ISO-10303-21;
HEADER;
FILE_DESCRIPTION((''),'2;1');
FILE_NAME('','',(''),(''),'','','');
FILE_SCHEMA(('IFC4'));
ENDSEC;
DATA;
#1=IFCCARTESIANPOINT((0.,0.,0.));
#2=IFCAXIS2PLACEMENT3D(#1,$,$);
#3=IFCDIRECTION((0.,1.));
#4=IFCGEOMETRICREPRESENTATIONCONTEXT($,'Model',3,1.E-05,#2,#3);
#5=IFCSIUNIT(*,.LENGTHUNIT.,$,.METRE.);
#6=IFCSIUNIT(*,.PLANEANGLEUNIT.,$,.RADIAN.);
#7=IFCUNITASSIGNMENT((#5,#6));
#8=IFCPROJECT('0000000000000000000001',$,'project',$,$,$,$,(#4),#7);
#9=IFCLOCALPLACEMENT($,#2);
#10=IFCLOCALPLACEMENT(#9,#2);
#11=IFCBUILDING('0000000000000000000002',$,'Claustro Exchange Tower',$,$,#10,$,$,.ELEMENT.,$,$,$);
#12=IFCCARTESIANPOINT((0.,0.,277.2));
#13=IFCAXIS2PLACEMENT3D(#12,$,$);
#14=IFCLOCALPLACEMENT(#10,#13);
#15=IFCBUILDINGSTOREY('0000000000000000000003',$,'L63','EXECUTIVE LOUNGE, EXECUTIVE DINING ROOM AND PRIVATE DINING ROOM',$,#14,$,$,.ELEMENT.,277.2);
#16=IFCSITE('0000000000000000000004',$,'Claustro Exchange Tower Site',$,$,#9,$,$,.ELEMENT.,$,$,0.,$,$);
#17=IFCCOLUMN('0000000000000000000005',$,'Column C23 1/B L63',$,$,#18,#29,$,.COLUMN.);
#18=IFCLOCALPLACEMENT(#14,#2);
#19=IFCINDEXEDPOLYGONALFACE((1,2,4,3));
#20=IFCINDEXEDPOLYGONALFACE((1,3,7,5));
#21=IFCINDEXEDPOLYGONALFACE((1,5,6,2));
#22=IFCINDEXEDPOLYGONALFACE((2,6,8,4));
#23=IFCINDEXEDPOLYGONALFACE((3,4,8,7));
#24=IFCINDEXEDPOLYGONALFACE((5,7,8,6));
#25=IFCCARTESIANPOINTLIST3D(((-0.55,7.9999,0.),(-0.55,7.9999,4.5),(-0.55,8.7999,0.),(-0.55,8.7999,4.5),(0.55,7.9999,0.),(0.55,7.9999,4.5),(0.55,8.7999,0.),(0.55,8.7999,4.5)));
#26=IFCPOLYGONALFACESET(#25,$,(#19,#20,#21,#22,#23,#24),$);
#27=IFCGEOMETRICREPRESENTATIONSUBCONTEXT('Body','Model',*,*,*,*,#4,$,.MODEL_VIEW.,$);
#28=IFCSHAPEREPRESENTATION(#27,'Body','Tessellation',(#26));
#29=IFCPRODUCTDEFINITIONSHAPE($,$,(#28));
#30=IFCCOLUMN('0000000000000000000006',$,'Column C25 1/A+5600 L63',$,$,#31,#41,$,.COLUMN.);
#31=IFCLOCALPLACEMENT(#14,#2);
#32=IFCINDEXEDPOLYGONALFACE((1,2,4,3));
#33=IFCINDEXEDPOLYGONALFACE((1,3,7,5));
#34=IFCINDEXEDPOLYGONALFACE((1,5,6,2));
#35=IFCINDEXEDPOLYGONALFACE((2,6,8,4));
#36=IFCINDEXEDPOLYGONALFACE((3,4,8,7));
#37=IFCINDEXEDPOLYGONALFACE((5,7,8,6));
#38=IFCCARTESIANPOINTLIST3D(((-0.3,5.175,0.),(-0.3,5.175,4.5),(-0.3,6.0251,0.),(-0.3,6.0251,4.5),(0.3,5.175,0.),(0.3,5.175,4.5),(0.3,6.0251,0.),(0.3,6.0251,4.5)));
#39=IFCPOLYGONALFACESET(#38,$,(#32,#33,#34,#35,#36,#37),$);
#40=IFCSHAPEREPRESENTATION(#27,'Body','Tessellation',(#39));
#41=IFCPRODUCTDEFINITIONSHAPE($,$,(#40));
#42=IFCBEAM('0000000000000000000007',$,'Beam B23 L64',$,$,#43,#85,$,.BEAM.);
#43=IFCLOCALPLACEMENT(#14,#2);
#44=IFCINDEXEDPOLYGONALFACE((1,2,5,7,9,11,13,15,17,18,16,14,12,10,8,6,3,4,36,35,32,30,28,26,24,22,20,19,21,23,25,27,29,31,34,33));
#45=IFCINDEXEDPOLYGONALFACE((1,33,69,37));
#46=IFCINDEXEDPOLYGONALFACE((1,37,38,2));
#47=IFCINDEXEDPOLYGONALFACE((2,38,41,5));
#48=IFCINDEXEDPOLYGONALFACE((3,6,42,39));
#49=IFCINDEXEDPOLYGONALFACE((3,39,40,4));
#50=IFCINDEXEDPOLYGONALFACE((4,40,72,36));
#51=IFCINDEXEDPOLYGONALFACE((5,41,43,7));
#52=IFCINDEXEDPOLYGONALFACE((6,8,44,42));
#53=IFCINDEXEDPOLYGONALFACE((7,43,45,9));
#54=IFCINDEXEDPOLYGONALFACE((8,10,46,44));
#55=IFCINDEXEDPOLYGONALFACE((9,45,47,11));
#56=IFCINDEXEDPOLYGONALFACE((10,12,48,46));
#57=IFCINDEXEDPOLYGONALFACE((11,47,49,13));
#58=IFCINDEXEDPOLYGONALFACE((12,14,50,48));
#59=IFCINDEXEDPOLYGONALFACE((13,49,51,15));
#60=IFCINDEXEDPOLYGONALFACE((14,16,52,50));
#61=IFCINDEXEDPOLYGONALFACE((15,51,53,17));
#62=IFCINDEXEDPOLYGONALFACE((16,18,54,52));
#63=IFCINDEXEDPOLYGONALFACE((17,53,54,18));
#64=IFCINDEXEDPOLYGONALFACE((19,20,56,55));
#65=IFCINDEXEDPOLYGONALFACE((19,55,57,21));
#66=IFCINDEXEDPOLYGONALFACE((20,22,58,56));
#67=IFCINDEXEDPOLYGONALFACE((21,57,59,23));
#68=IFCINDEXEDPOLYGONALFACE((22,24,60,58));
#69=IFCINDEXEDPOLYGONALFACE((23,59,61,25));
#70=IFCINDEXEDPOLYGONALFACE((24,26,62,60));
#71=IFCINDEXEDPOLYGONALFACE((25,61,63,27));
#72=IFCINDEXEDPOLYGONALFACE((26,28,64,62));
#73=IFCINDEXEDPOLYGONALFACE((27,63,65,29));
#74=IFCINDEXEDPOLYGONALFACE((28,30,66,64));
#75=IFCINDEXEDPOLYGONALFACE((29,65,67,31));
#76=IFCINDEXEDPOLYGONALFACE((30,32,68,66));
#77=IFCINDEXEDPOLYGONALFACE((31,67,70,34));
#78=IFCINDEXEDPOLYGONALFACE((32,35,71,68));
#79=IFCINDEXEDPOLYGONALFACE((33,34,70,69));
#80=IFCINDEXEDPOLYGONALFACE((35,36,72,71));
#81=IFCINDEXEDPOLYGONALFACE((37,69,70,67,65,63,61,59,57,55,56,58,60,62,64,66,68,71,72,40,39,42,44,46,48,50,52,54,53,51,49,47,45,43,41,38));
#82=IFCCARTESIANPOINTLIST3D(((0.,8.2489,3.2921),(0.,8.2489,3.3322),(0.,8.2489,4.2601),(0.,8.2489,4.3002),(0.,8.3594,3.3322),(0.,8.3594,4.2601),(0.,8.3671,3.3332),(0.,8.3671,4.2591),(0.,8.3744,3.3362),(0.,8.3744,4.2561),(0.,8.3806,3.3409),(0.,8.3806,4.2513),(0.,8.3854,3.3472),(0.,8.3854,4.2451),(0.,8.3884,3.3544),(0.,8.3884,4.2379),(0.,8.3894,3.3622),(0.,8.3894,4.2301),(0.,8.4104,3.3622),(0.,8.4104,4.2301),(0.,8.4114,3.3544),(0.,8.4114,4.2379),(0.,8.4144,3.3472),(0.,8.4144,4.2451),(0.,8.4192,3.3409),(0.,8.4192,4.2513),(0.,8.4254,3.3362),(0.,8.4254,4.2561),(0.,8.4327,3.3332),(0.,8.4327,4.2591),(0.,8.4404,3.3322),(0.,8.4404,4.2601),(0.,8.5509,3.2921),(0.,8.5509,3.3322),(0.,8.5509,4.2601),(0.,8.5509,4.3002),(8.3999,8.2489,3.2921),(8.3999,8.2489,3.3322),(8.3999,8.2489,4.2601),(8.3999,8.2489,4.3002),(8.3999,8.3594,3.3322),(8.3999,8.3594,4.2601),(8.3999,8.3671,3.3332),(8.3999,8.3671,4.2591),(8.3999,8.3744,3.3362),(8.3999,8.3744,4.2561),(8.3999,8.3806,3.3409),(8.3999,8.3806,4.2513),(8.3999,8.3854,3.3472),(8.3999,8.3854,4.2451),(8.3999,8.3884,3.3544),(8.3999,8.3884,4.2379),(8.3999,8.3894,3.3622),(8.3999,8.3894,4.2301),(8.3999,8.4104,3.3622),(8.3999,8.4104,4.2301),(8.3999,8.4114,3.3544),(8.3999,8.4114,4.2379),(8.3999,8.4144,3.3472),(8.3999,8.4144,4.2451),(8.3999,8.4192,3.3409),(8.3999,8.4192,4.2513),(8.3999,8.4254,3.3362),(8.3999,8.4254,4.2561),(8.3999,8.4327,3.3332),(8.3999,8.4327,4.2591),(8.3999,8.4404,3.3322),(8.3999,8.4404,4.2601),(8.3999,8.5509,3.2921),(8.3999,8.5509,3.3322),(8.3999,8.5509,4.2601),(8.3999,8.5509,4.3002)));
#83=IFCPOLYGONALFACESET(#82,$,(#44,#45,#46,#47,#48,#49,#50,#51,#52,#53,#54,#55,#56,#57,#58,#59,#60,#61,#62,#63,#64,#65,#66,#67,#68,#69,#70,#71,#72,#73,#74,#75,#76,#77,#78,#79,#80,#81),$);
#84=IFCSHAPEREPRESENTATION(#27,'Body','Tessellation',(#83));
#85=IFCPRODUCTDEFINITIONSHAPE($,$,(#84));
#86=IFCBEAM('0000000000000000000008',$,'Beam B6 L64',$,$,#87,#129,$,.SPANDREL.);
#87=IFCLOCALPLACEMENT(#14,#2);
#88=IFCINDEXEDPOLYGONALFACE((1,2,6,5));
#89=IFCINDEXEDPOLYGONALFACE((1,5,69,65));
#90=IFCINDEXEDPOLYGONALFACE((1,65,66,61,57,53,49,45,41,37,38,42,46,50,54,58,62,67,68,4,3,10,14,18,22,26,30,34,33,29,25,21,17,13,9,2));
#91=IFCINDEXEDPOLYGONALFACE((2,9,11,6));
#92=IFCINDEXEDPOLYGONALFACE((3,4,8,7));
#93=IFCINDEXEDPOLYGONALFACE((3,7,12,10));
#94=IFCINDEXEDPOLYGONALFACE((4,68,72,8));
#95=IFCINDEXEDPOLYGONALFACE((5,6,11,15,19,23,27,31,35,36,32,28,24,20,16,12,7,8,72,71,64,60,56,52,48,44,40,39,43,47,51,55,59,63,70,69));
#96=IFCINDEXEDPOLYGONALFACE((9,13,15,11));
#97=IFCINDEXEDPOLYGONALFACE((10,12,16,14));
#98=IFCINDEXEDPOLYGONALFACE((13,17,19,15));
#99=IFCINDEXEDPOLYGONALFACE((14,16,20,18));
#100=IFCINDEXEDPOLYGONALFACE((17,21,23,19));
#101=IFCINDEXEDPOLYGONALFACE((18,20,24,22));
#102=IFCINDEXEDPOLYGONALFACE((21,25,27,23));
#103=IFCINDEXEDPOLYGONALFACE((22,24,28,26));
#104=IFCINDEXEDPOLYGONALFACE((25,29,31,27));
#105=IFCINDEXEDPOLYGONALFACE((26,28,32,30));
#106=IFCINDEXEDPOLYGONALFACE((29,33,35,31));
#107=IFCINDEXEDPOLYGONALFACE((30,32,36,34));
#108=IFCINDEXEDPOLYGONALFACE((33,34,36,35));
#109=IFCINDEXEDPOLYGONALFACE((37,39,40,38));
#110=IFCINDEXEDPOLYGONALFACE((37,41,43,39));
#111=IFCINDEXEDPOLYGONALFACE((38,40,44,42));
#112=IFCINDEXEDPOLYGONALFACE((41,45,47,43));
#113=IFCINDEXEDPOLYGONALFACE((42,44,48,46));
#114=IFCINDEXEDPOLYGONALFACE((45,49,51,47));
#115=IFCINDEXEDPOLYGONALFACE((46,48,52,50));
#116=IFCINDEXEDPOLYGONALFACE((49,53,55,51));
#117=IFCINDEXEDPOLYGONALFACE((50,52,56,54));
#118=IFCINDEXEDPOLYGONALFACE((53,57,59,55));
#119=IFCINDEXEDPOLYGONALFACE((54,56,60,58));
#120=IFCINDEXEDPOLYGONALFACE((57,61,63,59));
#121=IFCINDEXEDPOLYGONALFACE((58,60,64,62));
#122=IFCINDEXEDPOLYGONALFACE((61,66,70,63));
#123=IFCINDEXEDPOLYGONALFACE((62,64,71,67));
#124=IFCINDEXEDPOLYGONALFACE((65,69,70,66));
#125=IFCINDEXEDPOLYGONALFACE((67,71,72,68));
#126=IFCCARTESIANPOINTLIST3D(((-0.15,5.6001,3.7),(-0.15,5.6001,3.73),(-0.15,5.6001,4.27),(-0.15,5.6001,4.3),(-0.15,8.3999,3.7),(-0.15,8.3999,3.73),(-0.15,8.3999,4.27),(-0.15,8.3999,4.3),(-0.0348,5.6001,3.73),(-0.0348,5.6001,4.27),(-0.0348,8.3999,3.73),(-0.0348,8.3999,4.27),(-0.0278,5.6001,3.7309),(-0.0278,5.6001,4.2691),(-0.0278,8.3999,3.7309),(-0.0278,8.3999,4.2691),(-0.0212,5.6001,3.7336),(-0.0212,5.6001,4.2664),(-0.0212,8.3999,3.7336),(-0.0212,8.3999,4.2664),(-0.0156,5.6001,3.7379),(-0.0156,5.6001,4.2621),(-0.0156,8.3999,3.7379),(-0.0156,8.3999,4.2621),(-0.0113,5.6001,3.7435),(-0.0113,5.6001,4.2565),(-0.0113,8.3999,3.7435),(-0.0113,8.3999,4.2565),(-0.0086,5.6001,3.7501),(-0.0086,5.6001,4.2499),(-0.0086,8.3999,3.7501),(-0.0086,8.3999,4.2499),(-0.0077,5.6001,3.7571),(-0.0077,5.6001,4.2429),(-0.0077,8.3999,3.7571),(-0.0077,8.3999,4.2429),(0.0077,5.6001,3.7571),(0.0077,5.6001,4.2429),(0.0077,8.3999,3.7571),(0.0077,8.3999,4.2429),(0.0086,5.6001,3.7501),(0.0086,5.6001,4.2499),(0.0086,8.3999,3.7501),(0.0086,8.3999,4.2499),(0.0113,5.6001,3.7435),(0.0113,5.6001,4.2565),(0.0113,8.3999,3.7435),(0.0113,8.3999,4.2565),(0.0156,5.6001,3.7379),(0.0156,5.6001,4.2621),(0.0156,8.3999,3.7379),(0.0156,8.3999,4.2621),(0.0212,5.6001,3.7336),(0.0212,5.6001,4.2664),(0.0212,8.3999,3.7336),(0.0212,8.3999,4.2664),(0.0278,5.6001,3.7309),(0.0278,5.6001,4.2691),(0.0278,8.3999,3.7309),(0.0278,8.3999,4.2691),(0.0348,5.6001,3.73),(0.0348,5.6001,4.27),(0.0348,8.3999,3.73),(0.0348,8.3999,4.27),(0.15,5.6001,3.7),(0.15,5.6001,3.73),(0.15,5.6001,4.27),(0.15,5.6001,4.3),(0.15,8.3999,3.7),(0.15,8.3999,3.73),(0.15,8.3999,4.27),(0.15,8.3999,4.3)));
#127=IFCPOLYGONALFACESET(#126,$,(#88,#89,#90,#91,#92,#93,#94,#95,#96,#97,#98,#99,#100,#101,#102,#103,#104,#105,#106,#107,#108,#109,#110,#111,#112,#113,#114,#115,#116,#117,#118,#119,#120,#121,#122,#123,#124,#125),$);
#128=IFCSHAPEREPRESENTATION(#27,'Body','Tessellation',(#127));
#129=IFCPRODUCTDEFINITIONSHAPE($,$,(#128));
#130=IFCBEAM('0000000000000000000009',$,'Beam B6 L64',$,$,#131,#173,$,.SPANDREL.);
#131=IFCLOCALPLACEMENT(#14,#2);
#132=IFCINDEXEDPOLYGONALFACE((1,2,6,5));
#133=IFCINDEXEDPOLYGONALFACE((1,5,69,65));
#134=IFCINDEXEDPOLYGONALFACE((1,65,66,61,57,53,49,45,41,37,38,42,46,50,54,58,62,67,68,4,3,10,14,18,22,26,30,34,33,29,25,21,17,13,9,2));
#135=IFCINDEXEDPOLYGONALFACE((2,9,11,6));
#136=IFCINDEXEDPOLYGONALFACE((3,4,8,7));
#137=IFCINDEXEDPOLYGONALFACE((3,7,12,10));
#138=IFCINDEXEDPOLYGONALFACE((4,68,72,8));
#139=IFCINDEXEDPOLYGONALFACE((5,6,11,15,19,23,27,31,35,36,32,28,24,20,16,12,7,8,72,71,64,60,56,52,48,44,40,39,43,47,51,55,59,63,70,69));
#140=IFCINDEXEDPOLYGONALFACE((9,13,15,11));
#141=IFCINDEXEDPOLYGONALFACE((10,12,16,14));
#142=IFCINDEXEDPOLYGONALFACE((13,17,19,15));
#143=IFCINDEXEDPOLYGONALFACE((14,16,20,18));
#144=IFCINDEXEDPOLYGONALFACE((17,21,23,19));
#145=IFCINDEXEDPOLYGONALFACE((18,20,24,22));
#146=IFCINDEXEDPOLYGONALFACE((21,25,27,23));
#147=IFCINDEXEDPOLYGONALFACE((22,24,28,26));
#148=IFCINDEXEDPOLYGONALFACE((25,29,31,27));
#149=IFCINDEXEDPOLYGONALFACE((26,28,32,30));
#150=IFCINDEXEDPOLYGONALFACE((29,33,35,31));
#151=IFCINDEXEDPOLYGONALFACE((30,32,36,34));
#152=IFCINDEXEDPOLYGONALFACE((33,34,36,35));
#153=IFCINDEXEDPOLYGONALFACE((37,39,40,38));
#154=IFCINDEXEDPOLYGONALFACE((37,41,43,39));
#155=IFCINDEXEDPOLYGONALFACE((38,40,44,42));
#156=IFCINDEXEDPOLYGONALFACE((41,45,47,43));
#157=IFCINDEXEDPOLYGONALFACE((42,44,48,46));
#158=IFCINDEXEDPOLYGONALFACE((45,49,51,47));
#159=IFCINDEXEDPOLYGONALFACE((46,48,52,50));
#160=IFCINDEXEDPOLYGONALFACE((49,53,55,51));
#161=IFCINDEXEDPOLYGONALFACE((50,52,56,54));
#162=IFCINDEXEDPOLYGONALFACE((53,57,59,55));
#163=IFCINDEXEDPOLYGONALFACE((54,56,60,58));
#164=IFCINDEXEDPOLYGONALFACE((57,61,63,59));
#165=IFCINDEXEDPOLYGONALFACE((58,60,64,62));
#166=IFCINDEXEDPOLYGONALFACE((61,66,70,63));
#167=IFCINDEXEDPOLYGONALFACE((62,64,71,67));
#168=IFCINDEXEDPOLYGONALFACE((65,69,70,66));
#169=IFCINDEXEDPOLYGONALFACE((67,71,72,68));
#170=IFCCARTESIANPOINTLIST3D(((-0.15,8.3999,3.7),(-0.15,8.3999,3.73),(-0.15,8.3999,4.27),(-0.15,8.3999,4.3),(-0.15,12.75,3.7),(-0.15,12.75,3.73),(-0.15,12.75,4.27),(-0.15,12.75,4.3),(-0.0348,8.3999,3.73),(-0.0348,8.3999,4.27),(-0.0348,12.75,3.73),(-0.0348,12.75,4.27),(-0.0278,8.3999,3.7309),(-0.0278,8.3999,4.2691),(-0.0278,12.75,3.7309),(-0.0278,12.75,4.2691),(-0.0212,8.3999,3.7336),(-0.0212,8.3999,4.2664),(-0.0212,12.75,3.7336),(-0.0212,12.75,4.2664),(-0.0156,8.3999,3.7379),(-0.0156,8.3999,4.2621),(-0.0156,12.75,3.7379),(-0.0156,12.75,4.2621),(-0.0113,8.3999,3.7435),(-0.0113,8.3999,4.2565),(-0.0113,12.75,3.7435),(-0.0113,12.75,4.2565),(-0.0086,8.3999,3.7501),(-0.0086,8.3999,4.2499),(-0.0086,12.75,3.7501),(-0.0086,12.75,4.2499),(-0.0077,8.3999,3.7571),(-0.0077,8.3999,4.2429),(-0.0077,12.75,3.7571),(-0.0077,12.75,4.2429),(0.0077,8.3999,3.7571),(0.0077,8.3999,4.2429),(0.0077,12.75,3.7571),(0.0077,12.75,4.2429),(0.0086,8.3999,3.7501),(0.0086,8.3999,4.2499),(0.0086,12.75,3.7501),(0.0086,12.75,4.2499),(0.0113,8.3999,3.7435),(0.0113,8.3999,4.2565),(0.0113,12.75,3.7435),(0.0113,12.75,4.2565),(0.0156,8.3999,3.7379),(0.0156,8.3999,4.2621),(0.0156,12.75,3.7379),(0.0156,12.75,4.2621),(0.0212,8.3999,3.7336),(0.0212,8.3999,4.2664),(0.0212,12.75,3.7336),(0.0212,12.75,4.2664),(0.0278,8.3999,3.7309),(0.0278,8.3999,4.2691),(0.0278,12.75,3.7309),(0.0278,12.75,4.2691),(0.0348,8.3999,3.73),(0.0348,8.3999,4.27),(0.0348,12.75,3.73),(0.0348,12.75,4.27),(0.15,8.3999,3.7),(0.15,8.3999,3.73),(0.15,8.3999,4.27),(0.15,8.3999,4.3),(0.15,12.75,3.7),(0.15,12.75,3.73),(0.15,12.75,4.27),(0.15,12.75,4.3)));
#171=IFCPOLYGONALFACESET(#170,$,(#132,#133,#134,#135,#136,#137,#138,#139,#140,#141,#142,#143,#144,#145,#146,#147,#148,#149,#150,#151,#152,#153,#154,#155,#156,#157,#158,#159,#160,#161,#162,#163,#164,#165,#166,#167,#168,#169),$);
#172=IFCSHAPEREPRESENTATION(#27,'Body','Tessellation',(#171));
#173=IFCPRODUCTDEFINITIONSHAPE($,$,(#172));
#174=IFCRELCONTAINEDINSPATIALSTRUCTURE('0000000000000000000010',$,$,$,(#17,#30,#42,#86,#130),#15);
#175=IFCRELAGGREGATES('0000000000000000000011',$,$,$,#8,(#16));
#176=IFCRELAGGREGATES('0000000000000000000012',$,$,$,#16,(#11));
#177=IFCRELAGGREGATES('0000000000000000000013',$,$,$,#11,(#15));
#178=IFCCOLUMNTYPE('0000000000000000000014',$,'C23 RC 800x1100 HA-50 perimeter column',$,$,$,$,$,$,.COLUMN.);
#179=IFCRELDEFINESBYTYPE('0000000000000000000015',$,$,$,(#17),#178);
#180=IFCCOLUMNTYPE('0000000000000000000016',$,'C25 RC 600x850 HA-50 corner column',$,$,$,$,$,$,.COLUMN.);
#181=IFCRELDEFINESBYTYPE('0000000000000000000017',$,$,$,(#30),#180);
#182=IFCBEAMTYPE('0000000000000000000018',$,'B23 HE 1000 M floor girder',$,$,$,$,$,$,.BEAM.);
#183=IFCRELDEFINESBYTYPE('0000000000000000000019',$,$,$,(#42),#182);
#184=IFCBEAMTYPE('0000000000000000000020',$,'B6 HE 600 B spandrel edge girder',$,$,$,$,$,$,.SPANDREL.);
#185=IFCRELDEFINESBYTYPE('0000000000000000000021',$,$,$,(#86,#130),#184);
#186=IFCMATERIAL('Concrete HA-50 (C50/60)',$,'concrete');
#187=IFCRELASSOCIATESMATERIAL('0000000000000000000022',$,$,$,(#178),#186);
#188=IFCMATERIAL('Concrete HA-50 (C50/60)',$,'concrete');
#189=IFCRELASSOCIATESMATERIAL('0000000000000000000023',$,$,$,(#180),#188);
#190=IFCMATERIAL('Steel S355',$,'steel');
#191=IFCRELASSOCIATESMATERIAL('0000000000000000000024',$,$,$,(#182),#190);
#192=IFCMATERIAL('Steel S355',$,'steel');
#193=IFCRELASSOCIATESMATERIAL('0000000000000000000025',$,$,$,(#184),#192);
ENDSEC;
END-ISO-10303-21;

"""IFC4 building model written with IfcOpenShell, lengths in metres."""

from ifc_helpers import new_model, si_unit, direction, frame, origin, origin_2d, place, context, subcontext, project, spatial, rectangle, i_section, extrude, material, material_profile, profile_set, type_object, element, save


model = new_model("IFC4")

# Units and contexts
model_context = context("Model", 3, precision=1e-05, world=origin(), true_north=direction((0.0, 1.0)))
body_context = subcontext(model_context, "Body", "Model", "MODEL_VIEW")
ifc_project = project(units=[si_unit("LENGTHUNIT", "METRE"), si_unit("PLANEANGLEUNIT", "RADIAN")], contexts=[model_context])

# Site, building, storey
site_placement = place(None, origin())
site = spatial("IfcSite", under=ifc_project, at=site_placement, Name="Claustro Exchange Tower Site", CompositionType="ELEMENT", RefElevation=0.0)
building_placement = place(site_placement, origin())
building = spatial("IfcBuilding", under=site, at=building_placement, Name="Claustro Exchange Tower", CompositionType="ELEMENT")
storey_placement = place(building_placement, frame((0.0, 0.0, 277.2)))
storey = spatial("IfcBuildingStorey", under=building, at=storey_placement, Name="L63", Description="EXECUTIVE LOUNGE, EXECUTIVE DINING ROOM AND PRIVATE DINING ROOM", CompositionType="ELEMENT", Elevation=277.2)

# Columns
ifc_material_1 = material(Name="Concrete HA-50 (C50/60)", Category="concrete")
ifc_material_profile_1 = material_profile(ifc_material_1, rectangle(XDim=0.8, YDim=1.1001, at=origin_2d()), Name="RC 800x1100")
ifc_profile_set_1 = profile_set([ifc_material_profile_1], Name="Concrete HA-50 (C50/60)")
column_type_1 = type_object("IfcColumnType", Name="C23 RC 800x1100 HA-50 perimeter column", PredefinedType="COLUMN", material=ifc_profile_set_1)
column_1_placement = place(storey_placement, frame((0.0, 8.3999, 0.0), z_axis=(0.0, 0.0, 1.0), x_axis=(0.0, 1.0, 0.0)))
element("IfcColumn", 1, at=column_1_placement, inside=storey, type_object=column_type_1, Name="Column C23 1/B L63", PredefinedType="COLUMN", context=body_context, shape_type="SweptSolid", body=[
    extrude(rectangle(XDim=0.8, YDim=1.1001, at=origin_2d()), origin(), (0.0, 0.0, 1.0), 4.5),
])
ifc_material_2 = material(Name="Concrete HA-50 (C50/60)", Category="concrete")
ifc_material_profile_2 = material_profile(ifc_material_2, rectangle(XDim=0.6001, YDim=0.8501, at=origin_2d()), Name="RC 600x850")
ifc_profile_set_2 = profile_set([ifc_material_profile_2], Name="Concrete HA-50 (C50/60)")
column_type_2 = type_object("IfcColumnType", Name="C25 RC 600x850 HA-50 corner column", PredefinedType="COLUMN", material=ifc_profile_set_2)
column_2_placement = place(storey_placement, frame((0.0, 5.6001, 0.0), z_axis=(0.0, 0.0, 1.0), x_axis=(1.0, 0.0, 0.0)))
element("IfcColumn", 2, at=column_2_placement, inside=storey, type_object=column_type_2, Name="Column C25 1/A+5600 L63", PredefinedType="COLUMN", context=body_context, shape_type="SweptSolid", body=[
    extrude(rectangle(XDim=0.6001, YDim=0.8501, at=origin_2d()), origin(), (0.0, 0.0, 1.0), 4.5),
])

# Beams
ifc_material_3 = material(Name="Steel S355", Category="steel")
ifc_material_profile_3 = material_profile(ifc_material_3, i_section(OverallWidth=0.302, OverallDepth=1.0081, WebThickness=0.021, FlangeThickness=0.04, FilletRadius=0.03, at=origin_2d()), Name="HE 1000 M")
ifc_profile_set_3 = profile_set([ifc_material_profile_3], Name="Steel S355")
beam_type_1 = type_object("IfcBeamType", Name="B23 HE 1000 M floor girder", PredefinedType="BEAM", material=ifc_profile_set_3)
beam_1_placement = place(storey_placement, frame((0.0, 8.3999, 3.7961), z_axis=(1.0, 0.0, 0.0), x_axis=(0.0, 1.0, 0.0)))
element("IfcBeam", 3, at=beam_1_placement, inside=storey, type_object=beam_type_1, Name="Beam B23 L64", PredefinedType="BEAM", context=body_context, shape_type="SweptSolid", body=[
    extrude(i_section(OverallWidth=0.302, OverallDepth=1.0081, WebThickness=0.021, FlangeThickness=0.04, FilletRadius=0.03, at=origin_2d()), origin(), (0.0, 0.0, 1.0), 8.3999),
])
ifc_material_4 = material(Name="Steel S355", Category="steel")
ifc_material_profile_4 = material_profile(ifc_material_4, i_section(OverallWidth=0.3, OverallDepth=0.6001, WebThickness=0.0154, FlangeThickness=0.03, FilletRadius=0.0271, at=origin_2d()), Name="HE 600 B")
ifc_profile_set_4 = profile_set([ifc_material_profile_4], Name="Steel S355")
beam_type_2 = type_object("IfcBeamType", Name="B6 HE 600 B spandrel edge girder", PredefinedType="SPANDREL", material=ifc_profile_set_4)
beam_2_placement = place(storey_placement, frame((0.0, 5.6001, 4.0), z_axis=(0.0, 1.0, 0.0), x_axis=(-1.0, 0.0, 0.0)))
element("IfcBeam", 4, at=beam_2_placement, inside=storey, type_object=beam_type_2, Name="Beam B6 L64", PredefinedType="SPANDREL", context=body_context, shape_type="SweptSolid", body=[
    extrude(i_section(OverallWidth=0.3, OverallDepth=0.6001, WebThickness=0.0154, FlangeThickness=0.03, FilletRadius=0.0271, at=origin_2d()), origin(), (0.0, 0.0, 1.0), 2.7998),
])
beam_3_placement = place(storey_placement, frame((0.0, 8.3999, 4.0), z_axis=(0.0, 1.0, 0.0), x_axis=(-1.0, 0.0, 0.0)))
element("IfcBeam", 5, at=beam_3_placement, inside=storey, type_object=beam_type_2, Name="Beam B6 L64", PredefinedType="SPANDREL", context=body_context, shape_type="SweptSolid", body=[
    extrude(i_section(OverallWidth=0.3, OverallDepth=0.6001, WebThickness=0.0154, FlangeThickness=0.03, FilletRadius=0.0271, at=origin_2d()), origin(), (0.0, 0.0, 1.0), 4.3501),
])

save(model, "model.ifc")
